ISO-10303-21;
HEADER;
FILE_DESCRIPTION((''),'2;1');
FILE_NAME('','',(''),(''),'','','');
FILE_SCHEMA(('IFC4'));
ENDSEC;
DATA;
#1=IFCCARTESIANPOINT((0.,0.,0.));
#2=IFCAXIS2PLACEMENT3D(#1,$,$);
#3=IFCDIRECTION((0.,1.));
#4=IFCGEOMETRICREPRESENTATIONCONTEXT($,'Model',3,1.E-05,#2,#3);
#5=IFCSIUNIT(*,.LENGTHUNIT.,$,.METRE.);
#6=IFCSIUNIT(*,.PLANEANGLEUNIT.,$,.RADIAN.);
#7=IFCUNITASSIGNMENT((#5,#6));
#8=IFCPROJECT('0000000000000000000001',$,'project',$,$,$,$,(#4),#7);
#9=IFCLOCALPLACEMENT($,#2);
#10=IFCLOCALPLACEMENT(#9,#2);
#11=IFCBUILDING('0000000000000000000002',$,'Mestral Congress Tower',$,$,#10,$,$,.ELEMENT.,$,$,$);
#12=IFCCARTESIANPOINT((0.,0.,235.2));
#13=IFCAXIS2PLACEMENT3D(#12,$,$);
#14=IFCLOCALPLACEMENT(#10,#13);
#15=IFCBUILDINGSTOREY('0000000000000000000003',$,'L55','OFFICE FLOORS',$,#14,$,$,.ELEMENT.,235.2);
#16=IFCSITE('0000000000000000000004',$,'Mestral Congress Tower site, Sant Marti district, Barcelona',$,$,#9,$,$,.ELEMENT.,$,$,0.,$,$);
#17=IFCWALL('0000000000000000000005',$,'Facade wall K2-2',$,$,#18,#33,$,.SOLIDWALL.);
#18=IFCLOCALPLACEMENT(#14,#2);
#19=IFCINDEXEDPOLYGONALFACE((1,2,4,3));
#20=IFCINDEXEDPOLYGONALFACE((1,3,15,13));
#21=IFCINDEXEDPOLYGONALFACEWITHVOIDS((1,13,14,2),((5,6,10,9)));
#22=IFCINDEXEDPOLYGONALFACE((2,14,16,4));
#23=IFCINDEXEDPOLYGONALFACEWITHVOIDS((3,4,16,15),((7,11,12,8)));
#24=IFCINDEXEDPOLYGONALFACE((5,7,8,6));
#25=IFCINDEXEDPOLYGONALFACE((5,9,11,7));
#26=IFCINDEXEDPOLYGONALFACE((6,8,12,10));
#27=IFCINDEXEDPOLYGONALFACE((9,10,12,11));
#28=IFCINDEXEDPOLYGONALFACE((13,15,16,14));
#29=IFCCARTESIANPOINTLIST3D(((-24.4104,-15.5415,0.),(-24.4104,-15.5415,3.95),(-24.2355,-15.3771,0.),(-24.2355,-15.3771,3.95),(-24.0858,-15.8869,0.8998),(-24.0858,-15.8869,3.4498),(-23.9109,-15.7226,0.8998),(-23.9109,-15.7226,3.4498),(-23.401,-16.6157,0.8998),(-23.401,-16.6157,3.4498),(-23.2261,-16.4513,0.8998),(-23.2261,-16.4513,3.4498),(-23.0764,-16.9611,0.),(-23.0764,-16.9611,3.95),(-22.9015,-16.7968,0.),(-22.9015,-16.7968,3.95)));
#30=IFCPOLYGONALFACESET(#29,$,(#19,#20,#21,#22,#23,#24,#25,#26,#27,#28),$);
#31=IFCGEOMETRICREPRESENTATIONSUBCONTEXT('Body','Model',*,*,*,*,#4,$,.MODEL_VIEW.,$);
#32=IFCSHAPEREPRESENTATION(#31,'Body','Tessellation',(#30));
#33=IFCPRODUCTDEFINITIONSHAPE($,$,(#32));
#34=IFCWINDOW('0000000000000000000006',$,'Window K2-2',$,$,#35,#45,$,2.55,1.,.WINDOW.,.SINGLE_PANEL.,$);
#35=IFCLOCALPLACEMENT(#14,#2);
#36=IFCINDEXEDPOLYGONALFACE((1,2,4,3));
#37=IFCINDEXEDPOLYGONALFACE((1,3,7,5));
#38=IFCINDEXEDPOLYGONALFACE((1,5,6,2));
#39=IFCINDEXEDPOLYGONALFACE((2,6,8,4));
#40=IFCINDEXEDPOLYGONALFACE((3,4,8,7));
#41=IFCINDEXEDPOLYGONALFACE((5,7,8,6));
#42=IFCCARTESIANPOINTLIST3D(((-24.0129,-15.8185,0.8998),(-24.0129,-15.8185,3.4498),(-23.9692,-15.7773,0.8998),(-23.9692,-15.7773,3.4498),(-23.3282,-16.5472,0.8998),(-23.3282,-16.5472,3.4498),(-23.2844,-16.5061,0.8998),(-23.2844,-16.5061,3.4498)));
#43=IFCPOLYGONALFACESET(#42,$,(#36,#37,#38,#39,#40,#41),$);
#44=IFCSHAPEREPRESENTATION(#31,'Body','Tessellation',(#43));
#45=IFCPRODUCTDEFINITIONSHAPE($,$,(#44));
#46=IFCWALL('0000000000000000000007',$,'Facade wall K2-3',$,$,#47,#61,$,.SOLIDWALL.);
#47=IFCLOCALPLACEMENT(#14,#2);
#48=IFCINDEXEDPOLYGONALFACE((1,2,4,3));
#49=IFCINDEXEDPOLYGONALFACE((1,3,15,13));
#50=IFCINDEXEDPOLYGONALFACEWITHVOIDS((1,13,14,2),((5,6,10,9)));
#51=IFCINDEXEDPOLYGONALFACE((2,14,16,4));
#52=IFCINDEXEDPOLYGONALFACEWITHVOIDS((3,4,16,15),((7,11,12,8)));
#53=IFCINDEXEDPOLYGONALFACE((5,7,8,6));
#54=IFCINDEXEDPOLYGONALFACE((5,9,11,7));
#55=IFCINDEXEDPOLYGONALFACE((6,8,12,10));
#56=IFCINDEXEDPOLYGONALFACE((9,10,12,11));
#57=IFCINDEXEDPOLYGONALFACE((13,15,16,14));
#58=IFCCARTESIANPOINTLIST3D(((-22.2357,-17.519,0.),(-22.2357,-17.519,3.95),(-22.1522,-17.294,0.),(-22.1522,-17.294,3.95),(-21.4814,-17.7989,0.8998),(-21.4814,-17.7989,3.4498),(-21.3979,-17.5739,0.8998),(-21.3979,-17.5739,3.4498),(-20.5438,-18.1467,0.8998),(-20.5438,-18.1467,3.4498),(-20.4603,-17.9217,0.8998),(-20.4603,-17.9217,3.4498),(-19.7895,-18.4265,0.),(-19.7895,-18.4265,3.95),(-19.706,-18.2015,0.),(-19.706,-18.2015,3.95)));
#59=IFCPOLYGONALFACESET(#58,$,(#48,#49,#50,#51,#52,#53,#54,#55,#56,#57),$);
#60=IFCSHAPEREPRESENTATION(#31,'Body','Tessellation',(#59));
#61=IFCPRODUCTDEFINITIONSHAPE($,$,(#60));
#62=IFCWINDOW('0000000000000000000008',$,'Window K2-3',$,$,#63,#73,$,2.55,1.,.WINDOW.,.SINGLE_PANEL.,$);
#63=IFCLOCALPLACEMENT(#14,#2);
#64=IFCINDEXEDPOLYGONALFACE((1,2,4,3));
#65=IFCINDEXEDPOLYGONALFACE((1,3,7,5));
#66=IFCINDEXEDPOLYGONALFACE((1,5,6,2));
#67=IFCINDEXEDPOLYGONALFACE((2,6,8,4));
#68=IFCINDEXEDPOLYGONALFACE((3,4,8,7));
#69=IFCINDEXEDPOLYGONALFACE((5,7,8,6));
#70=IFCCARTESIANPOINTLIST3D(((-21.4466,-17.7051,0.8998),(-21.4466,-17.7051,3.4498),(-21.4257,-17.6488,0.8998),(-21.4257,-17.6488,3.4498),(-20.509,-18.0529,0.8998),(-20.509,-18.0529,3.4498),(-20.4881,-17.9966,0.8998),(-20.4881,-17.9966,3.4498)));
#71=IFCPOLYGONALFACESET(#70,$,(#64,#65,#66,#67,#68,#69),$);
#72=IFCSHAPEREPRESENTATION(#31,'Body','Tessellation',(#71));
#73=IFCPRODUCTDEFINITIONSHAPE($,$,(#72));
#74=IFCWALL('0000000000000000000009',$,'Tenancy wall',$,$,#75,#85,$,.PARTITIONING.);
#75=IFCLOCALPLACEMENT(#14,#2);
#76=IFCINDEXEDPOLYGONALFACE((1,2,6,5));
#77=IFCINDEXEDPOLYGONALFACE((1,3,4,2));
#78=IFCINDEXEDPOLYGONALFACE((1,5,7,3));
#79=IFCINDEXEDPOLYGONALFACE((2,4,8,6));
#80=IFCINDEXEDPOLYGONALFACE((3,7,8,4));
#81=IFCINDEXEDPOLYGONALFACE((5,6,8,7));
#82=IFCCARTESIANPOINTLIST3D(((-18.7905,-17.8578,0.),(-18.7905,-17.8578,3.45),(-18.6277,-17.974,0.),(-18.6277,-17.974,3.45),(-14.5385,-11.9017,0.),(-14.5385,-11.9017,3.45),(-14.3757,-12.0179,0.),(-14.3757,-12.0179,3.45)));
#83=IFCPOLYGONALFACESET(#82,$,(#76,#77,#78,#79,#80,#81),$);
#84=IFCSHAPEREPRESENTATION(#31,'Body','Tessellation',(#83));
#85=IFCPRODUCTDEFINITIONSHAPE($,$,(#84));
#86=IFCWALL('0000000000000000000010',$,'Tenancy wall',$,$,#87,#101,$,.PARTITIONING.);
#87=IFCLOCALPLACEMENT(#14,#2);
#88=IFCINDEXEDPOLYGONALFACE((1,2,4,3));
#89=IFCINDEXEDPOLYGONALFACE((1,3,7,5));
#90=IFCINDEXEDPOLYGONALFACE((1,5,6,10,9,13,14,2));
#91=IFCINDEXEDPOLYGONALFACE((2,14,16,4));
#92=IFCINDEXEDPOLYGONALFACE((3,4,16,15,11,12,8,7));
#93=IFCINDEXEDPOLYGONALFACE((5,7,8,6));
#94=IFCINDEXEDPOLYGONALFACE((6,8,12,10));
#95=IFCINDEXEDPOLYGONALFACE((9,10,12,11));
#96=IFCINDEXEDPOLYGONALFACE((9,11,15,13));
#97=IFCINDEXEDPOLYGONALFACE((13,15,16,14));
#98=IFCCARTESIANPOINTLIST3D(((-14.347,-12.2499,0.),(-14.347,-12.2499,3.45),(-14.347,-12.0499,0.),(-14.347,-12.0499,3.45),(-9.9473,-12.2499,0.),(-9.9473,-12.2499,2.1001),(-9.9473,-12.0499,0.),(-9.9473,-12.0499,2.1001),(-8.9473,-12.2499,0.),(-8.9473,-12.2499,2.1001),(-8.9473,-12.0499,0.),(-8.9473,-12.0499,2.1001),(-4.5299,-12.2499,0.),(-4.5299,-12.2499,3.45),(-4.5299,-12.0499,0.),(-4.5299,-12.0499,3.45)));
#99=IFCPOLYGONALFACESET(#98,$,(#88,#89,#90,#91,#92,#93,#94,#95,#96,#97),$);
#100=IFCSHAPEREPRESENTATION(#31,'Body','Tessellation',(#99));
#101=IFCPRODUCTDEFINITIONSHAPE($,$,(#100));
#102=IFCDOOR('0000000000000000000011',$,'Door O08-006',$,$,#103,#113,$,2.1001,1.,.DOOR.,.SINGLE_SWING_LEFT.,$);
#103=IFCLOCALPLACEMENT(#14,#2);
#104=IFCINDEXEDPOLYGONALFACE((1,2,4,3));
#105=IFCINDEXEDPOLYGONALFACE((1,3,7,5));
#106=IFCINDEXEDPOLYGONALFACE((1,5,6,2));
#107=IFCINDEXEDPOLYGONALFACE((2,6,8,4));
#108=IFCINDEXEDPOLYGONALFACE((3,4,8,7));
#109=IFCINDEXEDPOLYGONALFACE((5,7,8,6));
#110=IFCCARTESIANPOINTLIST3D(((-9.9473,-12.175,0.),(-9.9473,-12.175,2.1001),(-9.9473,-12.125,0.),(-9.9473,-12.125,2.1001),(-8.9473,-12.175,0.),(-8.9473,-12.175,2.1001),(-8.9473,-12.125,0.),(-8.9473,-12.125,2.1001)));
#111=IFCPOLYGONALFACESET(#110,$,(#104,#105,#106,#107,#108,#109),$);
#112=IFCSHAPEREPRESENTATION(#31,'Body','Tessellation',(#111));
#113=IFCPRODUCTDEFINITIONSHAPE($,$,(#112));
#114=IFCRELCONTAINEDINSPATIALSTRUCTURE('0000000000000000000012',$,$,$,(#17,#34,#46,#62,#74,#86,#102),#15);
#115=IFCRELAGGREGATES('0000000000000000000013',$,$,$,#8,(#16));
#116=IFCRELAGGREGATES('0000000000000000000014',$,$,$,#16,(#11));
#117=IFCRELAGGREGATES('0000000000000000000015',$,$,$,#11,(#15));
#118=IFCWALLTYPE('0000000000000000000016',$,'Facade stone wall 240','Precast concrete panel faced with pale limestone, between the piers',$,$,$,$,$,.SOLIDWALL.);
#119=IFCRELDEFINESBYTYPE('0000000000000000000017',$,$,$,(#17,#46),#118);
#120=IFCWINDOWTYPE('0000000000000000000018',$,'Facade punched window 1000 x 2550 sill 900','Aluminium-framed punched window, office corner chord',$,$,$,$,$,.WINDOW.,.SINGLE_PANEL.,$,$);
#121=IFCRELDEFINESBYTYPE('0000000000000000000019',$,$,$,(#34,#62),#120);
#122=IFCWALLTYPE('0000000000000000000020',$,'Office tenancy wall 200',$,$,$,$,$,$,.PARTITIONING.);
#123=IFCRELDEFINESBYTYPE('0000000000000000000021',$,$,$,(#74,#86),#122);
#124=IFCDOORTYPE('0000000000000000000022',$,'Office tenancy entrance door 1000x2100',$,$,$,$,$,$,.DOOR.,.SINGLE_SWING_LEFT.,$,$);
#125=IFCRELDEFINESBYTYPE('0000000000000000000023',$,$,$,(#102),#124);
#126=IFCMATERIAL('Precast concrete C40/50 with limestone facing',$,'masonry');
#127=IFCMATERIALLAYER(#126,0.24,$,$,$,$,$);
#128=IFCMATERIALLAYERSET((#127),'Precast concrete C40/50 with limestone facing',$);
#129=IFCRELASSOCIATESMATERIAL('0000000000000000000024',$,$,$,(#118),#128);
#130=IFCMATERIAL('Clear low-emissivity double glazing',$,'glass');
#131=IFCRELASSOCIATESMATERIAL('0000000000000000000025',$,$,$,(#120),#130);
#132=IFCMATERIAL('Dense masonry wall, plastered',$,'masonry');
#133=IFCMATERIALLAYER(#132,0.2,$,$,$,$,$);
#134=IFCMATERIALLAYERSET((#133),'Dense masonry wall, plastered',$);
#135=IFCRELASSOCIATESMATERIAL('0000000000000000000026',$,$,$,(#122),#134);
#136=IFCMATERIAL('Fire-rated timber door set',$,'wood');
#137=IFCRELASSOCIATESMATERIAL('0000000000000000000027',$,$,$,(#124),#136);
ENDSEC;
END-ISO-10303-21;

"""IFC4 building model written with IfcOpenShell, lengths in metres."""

from ifc_helpers import new_model, si_unit, direction, frame, frame_2d, origin, place, context, subcontext, project, spatial, rectangle, extrude, material, layer, layer_set, type_object, element, fill, save


model = new_model("IFC4")

# Units and contexts
model_context = context("Model", 3, precision=1e-05, world=origin(), true_north=direction((0.0, 1.0)))
body_context = subcontext(model_context, "Body", "Model", "MODEL_VIEW")
ifc_project = project(units=[si_unit("LENGTHUNIT", "METRE"), si_unit("PLANEANGLEUNIT", "RADIAN")], contexts=[model_context])

# Site, building, storey
site_placement = place(None, origin())
site = spatial("IfcSite", under=ifc_project, at=site_placement, Name="Mestral Congress Tower site, Sant Marti district, Barcelona", CompositionType="ELEMENT", RefElevation=0.0)
building_placement = place(site_placement, origin())
building = spatial("IfcBuilding", under=site, at=building_placement, Name="Mestral Congress Tower", CompositionType="ELEMENT")
storey_placement = place(building_placement, frame((0.0, 0.0, 235.2)))
storey = spatial("IfcBuildingStorey", under=building, at=storey_placement, Name="L55", Description="OFFICE FLOORS", CompositionType="ELEMENT", Elevation=235.2)

# Shared definitions
ifc_material_1 = material(Name="Precast concrete C40/50 with limestone facing", Category="masonry")
ifc_layer_1 = layer(ifc_material_1, 0.24)
ifc_layer_set_1 = layer_set([ifc_layer_1], Name="Precast concrete C40/50 with limestone facing")
wall_type_1 = type_object("IfcWallType", Name="Facade stone wall 240", Description="Precast concrete panel faced with pale limestone, between the piers", PredefinedType="SOLIDWALL", material=ifc_layer_set_1)
ifc_material_2 = material(Name="Clear low-emissivity double glazing", Category="glass")

# Walls, openings, windows
window_type_1 = type_object("IfcWindowType", Name="Facade punched window 1000 x 2550 sill 900", Description="Aluminium-framed punched window, office corner chord", PartitioningType="SINGLE_PANEL", PredefinedType="WINDOW", material=ifc_material_2)
wall_1_placement = place(storey_placement, frame((-24.323, -15.4592, 0.0), z_axis=(0.0, 0.0, 1.0), x_axis=(0.68477, -0.728759, 0.0)))
wall_1 = element("IfcWall", 1, at=wall_1_placement, inside=storey, type_object=wall_type_1, Name="Facade wall K2-2", PredefinedType="SOLIDWALL", context=body_context, shape_type="SweptSolid", body=[
    extrude(rectangle(XDim=1.948, YDim=0.24, at=frame_2d((0.9741, 0.0))), origin(), (0.0, 0.0, 1.0), 3.95),
])
opening_1_placement = place(wall_1_placement, frame((0.4741, 0.0, 0.8999)))
opening_1 = element("IfcOpeningElement", 2, at=opening_1_placement, cuts=wall_1, PredefinedType="OPENING", context=body_context, shape_type="SweptSolid", body=[
    extrude(rectangle(XDim=1.0, YDim=2.55, at=frame_2d((0.5, 1.2749))), frame((0.0, 0.1299, 0.0), z_axis=(0.0, -1.0, 0.0), x_axis=(1.0, 0.0, 0.0)), (0.0, 0.0, 1.0), 0.26),
])
window_1_placement = place(opening_1_placement, origin())
window_1 = element("IfcWindow", 3, at=window_1_placement, inside=storey, type_object=window_type_1, Name="Window K2-2", OverallHeight=2.55, OverallWidth=1.0, PartitioningType="SINGLE_PANEL", PredefinedType="WINDOW", context=body_context, shape_type="SweptSolid", body=[
    extrude(rectangle(XDim=1.0, YDim=2.55, at=frame_2d((0.5, 1.2749))), frame((0.0, 0.04, 0.0), z_axis=(0.0, -1.0, 0.0), x_axis=(1.0, 0.0, 0.0)), (0.0, 0.0, 1.0), 0.0601),
])
fill(opening_1, window_1)
wall_2_placement = place(storey_placement, frame((-22.1941, -17.4065, 0.0), z_axis=(0.0, 0.0, 1.0), x_axis=(0.937569, -0.347799, 0.0)))
wall_2 = element("IfcWall", 4, at=wall_2_placement, inside=storey, type_object=wall_type_1, Name="Facade wall K2-3", PredefinedType="SOLIDWALL", context=body_context, shape_type="SweptSolid", body=[
    extrude(rectangle(XDim=2.6091, YDim=0.24, at=frame_2d((1.3047, 0.0))), origin(), (0.0, 0.0, 1.0), 3.95),
])
opening_2_placement = place(wall_2_placement, frame((0.8047, 0.0, 0.8999)))
opening_2 = element("IfcOpeningElement", 5, at=opening_2_placement, cuts=wall_2, PredefinedType="OPENING", context=body_context, shape_type="SweptSolid", body=[
    extrude(rectangle(XDim=1.0, YDim=2.55, at=frame_2d((0.5, 1.2749))), frame((0.0, 0.1299, 0.0), z_axis=(0.0, -1.0, 0.0), x_axis=(1.0, 0.0, 0.0)), (0.0, 0.0, 1.0), 0.26),
])
window_2_placement = place(opening_2_placement, origin())
window_2 = element("IfcWindow", 6, at=window_2_placement, inside=storey, type_object=window_type_1, Name="Window K2-3", OverallHeight=2.55, OverallWidth=1.0, PartitioningType="SINGLE_PANEL", PredefinedType="WINDOW", context=body_context, shape_type="SweptSolid", body=[
    extrude(rectangle(XDim=1.0, YDim=2.55, at=frame_2d((0.5, 1.2749))), frame((0.0, 0.04, 0.0), z_axis=(0.0, -1.0, 0.0), x_axis=(1.0, 0.0, 0.0)), (0.0, 0.0, 1.0), 0.0601),
])
fill(opening_2, window_2)

# Wall
ifc_material_3 = material(Name="Dense masonry wall, plastered", Category="masonry")
ifc_layer_2 = layer(ifc_material_3, 0.2)
ifc_layer_set_2 = layer_set([ifc_layer_2], Name="Dense masonry wall, plastered")
wall_type_2 = type_object("IfcWallType", Name="Office tenancy wall 200", PredefinedType="PARTITIONING", material=ifc_layer_set_2)
wall_3_placement = place(storey_placement, frame((-14.457, -11.9597, 0.0), z_axis=(0.0, 0.0, 1.0), x_axis=(-0.581024, -0.813887, 0.0)))
element("IfcWall", 7, at=wall_3_placement, inside=storey, type_object=wall_type_2, Name="Tenancy wall", PredefinedType="PARTITIONING", context=body_context, shape_type="SweptSolid", body=[
    extrude(rectangle(XDim=7.3181, YDim=0.2, at=frame_2d((3.6592, 0.0))), origin(), (0.0, 0.0, 1.0), 3.45),
])

# Wall, opening, door
wall_4_placement = place(storey_placement, frame((-14.3472, -12.1499, 0.0), z_axis=(0.0, 0.0, 1.0), x_axis=(1.0, 0.0, 0.0)))
wall_4 = element("IfcWall", 8, at=wall_4_placement, inside=storey, type_object=wall_type_2, Name="Tenancy wall", PredefinedType="PARTITIONING", context=body_context, shape_type="SweptSolid", body=[
    extrude(rectangle(XDim=9.8171, YDim=0.2, at=frame_2d((4.9087, 0.0))), origin(), (0.0, 0.0, 1.0), 3.45),
])
opening_3_placement = place(wall_4_placement, frame((4.3999, 0.0, 0.0)))
opening_3 = element("IfcOpeningElement", 9, at=opening_3_placement, cuts=wall_4, PredefinedType="OPENING", context=body_context, shape_type="SweptSolid", body=[
    extrude(rectangle(XDim=1.0, YDim=2.1001, at=frame_2d((0.5, 1.05))), frame((0.0, 0.1099, 0.0), z_axis=(0.0, -1.0, 0.0), x_axis=(1.0, 0.0, 0.0)), (0.0, 0.0, 1.0), 0.22),
])
ifc_material_4 = material(Name="Fire-rated timber door set", Category="wood")
door_type = type_object("IfcDoorType", Name="Office tenancy entrance door 1000x2100", OperationType="SINGLE_SWING_LEFT", PredefinedType="DOOR", material=ifc_material_4)
door_placement = place(opening_3_placement, origin())
door = element("IfcDoor", 10, at=door_placement, inside=storey, type_object=door_type, Name="Door O08-006", OperationType="SINGLE_SWING_LEFT", OverallHeight=2.1001, OverallWidth=1.0, PredefinedType="DOOR", context=body_context, shape_type="SweptSolid", body=[
    extrude(rectangle(XDim=1.0, YDim=2.1001, at=frame_2d((0.5, 1.05))), frame((0.0, 0.0249, 0.0), z_axis=(0.0, -1.0, 0.0), x_axis=(1.0, 0.0, 0.0)), (0.0, 0.0, 1.0), 0.05),
])
fill(opening_3, door)

save(model, "model.ifc")
